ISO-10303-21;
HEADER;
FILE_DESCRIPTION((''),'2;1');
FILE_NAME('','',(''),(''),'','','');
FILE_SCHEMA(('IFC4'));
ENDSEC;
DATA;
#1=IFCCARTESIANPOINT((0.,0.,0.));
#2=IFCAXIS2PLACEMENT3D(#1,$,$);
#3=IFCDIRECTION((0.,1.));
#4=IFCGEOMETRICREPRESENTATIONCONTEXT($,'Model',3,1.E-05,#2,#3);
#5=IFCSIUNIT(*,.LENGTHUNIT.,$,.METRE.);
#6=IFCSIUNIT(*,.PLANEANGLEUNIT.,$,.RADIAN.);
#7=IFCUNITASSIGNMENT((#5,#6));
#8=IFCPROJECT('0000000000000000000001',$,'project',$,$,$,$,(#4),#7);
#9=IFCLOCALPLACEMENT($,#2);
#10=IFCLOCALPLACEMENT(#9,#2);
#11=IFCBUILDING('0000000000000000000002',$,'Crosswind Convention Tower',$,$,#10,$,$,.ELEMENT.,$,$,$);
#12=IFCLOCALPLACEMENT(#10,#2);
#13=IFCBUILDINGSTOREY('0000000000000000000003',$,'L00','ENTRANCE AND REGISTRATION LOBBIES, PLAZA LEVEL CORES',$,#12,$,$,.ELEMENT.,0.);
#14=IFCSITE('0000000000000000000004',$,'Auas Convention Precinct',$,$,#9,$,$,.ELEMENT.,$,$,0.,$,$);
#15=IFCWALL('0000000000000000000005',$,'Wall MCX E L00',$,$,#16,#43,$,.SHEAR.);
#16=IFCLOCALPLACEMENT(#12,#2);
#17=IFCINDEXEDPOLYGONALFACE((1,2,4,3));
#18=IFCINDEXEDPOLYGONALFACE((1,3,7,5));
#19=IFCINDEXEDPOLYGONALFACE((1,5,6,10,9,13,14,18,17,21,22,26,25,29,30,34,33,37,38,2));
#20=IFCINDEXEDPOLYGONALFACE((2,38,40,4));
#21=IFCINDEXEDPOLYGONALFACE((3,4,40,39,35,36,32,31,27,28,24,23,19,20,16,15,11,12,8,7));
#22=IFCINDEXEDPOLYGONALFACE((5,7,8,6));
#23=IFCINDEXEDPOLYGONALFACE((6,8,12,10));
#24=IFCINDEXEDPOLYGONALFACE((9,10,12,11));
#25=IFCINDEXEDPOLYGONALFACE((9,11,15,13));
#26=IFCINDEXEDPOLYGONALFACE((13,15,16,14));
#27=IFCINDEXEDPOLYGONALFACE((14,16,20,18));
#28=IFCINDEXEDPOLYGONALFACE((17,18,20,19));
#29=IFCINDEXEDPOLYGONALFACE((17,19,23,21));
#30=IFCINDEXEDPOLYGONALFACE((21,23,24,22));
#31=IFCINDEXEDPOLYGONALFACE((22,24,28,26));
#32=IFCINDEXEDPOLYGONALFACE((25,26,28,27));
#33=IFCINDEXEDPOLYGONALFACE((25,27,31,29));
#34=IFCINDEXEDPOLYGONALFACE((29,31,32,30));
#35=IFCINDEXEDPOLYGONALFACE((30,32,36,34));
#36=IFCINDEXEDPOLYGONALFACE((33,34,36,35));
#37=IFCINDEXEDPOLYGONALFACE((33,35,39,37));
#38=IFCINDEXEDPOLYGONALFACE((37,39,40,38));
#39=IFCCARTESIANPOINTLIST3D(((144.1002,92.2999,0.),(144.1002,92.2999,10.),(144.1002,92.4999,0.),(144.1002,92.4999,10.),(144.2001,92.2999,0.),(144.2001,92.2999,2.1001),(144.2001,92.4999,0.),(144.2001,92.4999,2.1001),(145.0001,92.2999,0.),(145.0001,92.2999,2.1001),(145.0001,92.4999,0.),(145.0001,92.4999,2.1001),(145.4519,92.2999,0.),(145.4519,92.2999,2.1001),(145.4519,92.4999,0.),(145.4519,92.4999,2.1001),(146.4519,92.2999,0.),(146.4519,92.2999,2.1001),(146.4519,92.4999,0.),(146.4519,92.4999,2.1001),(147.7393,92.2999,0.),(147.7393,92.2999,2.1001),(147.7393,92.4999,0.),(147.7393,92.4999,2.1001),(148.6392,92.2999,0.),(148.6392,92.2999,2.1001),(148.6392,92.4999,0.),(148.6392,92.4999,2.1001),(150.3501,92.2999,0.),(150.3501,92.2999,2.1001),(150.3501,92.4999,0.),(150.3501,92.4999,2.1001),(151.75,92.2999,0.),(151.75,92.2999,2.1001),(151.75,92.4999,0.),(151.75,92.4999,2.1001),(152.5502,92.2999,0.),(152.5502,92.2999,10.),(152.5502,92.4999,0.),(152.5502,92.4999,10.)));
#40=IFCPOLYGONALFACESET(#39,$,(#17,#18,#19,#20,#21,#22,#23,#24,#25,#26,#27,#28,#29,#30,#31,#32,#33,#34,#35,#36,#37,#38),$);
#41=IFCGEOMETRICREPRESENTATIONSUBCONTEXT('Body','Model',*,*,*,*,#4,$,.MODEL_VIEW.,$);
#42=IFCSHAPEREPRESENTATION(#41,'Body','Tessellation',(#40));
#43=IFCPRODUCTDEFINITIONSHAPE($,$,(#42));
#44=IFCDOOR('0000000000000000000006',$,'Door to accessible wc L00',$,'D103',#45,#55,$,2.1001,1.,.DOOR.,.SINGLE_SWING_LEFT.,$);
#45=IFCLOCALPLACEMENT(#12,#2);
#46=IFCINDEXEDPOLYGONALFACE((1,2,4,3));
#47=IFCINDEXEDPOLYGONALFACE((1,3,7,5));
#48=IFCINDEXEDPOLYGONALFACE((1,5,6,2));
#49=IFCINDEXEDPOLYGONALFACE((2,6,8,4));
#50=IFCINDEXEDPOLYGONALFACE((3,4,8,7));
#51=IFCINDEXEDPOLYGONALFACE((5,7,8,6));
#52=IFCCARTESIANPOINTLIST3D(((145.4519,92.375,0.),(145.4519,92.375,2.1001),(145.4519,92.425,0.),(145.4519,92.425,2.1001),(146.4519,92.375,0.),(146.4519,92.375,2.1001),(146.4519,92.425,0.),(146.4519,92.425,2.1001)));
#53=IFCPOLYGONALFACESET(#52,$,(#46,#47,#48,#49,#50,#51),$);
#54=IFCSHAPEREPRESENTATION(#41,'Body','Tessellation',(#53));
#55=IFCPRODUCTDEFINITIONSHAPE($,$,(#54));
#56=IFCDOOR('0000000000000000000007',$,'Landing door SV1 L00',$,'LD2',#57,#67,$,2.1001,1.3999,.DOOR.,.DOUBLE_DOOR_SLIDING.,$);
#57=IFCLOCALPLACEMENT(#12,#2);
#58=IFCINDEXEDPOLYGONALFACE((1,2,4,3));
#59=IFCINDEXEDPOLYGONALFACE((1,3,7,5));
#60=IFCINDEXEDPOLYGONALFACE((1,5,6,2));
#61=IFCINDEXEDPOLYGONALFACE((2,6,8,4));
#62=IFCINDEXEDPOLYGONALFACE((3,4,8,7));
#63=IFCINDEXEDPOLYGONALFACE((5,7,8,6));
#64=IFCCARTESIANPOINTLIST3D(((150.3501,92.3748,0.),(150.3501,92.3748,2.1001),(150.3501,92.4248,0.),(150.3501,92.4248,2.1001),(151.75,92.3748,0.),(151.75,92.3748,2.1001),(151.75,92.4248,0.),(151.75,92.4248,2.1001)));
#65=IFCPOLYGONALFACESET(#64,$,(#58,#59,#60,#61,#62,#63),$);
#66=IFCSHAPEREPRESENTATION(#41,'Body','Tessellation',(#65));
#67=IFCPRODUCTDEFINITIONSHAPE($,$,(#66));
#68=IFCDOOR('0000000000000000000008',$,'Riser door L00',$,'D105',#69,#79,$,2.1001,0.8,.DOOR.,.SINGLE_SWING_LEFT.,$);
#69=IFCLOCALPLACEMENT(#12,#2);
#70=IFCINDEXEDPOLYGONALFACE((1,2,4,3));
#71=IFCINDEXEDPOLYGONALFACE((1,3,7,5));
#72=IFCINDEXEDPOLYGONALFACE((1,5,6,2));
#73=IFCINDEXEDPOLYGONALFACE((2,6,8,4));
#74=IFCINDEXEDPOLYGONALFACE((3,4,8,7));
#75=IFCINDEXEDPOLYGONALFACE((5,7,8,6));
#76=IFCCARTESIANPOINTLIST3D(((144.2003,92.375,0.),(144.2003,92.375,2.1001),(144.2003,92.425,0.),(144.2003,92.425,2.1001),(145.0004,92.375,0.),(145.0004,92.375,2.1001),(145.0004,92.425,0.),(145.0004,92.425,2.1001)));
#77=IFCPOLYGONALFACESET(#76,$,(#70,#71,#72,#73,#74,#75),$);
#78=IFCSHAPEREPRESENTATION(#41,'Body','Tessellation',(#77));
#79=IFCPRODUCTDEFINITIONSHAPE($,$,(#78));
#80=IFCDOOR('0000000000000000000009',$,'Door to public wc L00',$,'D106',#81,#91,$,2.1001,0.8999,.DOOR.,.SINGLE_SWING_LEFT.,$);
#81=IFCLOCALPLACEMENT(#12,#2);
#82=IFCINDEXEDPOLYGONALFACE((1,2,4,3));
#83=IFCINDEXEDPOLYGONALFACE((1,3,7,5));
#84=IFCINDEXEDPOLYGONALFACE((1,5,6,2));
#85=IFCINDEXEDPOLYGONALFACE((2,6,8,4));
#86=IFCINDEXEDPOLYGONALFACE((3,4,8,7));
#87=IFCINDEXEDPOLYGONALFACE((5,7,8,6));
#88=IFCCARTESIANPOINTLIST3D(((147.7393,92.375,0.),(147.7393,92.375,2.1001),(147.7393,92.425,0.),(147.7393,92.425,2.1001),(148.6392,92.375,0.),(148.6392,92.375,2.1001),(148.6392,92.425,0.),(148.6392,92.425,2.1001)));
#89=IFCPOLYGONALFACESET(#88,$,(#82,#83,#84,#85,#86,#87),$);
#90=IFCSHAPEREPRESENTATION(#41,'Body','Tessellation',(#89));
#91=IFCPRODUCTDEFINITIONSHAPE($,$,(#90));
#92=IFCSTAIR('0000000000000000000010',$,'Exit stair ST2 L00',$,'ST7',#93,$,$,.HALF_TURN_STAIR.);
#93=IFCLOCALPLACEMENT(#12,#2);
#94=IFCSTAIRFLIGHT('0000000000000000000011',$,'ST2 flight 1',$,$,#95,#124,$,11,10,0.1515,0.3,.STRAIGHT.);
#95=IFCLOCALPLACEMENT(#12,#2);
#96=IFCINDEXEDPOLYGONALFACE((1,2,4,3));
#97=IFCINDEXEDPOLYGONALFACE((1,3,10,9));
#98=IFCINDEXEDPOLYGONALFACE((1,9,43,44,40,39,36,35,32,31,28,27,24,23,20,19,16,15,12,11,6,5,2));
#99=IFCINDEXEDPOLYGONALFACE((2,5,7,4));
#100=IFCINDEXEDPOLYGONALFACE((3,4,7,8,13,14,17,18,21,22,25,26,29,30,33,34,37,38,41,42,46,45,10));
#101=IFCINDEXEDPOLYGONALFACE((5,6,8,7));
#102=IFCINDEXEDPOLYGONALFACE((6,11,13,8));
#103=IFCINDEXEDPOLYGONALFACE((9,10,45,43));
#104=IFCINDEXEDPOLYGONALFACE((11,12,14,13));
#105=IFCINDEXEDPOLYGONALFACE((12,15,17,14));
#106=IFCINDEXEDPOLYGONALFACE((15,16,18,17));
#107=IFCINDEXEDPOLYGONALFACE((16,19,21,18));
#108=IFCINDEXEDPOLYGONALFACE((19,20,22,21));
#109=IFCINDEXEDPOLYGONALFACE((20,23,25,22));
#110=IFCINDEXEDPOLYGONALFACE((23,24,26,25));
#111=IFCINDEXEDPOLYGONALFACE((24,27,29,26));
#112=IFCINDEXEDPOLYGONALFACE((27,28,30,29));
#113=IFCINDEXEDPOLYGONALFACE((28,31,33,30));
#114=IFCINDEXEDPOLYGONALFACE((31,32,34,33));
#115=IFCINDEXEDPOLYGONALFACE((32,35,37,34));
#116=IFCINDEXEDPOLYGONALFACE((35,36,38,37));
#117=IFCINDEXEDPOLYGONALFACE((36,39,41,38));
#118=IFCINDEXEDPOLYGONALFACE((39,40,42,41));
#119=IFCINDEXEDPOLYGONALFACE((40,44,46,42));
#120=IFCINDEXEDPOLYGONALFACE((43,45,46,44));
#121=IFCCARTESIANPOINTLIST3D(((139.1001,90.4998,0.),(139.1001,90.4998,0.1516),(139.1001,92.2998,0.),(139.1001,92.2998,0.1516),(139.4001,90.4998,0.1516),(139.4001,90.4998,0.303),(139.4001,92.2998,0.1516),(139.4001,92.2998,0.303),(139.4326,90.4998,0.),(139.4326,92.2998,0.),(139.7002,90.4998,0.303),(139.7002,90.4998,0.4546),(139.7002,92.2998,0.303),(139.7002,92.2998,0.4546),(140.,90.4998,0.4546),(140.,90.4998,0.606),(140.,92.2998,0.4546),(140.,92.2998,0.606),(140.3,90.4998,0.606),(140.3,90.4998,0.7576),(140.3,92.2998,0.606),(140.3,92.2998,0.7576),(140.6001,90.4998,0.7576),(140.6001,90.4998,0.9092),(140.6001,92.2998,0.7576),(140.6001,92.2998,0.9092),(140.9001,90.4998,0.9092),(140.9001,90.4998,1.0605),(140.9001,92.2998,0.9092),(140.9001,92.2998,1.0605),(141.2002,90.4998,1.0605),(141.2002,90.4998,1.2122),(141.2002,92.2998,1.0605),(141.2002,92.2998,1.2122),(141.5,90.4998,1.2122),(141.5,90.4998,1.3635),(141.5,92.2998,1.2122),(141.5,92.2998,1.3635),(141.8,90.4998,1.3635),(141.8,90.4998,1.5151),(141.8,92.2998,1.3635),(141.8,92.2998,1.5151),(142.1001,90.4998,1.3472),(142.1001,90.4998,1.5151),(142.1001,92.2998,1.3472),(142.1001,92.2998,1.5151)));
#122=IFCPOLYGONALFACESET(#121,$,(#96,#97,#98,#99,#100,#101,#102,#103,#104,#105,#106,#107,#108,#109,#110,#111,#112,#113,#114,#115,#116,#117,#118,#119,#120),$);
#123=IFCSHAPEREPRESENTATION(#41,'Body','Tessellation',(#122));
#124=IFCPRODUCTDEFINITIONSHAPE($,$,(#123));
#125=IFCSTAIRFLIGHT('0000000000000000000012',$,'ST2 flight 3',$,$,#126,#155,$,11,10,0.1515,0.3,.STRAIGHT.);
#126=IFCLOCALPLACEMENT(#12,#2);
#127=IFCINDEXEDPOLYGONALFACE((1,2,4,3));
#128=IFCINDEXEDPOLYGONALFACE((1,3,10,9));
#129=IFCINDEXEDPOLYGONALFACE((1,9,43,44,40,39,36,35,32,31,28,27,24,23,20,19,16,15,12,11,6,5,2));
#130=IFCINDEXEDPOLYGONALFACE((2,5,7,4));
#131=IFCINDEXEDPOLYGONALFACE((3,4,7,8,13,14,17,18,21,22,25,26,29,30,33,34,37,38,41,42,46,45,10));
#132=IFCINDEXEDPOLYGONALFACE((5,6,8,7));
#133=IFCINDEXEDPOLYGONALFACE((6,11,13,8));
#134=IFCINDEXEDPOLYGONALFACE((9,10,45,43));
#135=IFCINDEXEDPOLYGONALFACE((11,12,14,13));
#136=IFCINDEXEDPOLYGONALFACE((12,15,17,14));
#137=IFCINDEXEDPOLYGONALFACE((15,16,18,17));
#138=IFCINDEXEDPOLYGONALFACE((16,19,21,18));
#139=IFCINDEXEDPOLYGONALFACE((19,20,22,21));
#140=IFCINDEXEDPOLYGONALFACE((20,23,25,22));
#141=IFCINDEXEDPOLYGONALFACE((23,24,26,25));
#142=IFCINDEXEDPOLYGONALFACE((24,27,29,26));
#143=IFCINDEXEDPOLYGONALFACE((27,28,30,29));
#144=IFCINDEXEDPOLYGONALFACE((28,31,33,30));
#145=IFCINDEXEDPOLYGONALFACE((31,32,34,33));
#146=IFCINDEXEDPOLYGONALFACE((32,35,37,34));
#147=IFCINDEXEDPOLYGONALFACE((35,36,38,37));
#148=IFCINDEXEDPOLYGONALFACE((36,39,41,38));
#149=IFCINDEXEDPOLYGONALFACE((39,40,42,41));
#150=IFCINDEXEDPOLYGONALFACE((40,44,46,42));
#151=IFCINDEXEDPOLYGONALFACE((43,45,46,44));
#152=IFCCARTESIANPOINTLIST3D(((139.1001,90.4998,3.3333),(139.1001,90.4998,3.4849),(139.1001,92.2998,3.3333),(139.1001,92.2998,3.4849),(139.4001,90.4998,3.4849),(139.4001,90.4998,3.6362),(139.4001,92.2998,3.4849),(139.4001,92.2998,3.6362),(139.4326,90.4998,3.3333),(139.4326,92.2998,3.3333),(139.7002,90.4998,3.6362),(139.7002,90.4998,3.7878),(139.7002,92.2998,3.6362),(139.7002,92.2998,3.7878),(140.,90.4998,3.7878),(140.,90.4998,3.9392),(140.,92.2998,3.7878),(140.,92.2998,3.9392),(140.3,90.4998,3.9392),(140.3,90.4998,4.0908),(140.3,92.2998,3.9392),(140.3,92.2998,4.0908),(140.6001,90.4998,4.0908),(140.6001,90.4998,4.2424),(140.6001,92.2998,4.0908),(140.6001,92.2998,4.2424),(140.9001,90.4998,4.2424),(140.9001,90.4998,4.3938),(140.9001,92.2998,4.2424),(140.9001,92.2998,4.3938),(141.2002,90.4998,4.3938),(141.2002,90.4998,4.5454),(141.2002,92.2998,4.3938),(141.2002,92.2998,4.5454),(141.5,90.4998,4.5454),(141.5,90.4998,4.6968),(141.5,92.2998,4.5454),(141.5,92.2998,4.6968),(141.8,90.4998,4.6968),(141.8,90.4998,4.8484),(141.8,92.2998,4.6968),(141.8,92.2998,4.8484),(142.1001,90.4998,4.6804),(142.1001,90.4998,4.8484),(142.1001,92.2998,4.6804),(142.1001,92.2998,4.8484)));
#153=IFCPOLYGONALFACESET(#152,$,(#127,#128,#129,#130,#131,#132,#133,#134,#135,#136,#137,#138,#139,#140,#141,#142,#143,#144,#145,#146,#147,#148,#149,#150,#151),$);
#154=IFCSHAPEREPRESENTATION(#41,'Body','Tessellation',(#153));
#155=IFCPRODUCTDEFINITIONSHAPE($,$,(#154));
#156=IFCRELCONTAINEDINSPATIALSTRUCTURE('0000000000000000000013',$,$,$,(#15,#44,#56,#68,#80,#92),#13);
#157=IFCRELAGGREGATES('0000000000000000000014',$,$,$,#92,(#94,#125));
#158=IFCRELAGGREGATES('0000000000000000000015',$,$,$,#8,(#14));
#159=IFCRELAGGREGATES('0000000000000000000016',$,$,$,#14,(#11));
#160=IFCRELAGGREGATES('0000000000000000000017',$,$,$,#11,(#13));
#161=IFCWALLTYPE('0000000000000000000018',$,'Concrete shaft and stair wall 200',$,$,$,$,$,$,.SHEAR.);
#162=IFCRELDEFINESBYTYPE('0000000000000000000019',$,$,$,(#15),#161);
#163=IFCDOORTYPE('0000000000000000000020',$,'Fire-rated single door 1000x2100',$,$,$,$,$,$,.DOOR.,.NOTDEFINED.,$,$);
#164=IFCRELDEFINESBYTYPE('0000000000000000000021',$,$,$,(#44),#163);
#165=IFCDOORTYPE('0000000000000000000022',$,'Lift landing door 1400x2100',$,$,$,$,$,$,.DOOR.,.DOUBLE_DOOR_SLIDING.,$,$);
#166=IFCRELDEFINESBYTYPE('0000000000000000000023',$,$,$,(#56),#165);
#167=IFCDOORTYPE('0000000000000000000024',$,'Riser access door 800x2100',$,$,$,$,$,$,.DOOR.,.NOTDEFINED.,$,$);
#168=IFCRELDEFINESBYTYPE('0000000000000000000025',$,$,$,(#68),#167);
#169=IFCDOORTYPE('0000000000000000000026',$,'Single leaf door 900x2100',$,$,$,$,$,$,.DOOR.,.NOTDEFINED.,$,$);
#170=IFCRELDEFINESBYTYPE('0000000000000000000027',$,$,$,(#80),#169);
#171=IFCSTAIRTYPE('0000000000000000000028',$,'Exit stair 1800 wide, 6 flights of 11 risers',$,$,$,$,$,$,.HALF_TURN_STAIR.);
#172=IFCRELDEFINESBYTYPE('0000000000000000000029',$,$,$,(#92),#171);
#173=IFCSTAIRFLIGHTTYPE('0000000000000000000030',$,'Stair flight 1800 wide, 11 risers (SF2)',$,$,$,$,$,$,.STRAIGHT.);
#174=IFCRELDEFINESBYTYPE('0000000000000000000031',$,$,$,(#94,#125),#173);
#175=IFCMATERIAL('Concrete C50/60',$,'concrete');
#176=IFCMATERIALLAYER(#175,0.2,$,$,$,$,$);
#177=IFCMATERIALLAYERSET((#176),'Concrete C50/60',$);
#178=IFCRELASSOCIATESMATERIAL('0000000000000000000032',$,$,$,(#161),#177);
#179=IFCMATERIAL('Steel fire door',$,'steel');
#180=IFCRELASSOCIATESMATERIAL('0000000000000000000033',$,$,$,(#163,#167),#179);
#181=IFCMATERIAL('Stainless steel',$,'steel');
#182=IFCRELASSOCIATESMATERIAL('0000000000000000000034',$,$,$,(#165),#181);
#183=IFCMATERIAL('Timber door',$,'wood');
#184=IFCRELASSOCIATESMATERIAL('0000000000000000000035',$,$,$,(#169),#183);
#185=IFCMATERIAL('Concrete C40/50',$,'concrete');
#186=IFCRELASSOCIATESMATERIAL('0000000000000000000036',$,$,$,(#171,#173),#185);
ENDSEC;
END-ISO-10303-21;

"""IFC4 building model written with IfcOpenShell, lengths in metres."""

from ifc_helpers import new_model, si_unit, direction, frame, frame_2d, origin, place, context, subcontext, project, spatial, polyline, rectangle, outline, extrude, material, layer, layer_set, type_object, element, fill, aggregate, save


model = new_model("IFC4")

# Units and contexts
model_context = context("Model", 3, precision=1e-05, world=origin(), true_north=direction((0.0, 1.0)))
body_context = subcontext(model_context, "Body", "Model", "MODEL_VIEW")
ifc_project = project(units=[si_unit("LENGTHUNIT", "METRE"), si_unit("PLANEANGLEUNIT", "RADIAN")], contexts=[model_context])

# Site, building, storey
site_placement = place(None, origin())
site = spatial("IfcSite", under=ifc_project, at=site_placement, Name="Auas Convention Precinct", CompositionType="ELEMENT", RefElevation=0.0)
building_placement = place(site_placement, origin())
building = spatial("IfcBuilding", under=site, at=building_placement, Name="Crosswind Convention Tower", CompositionType="ELEMENT")
storey_placement = place(building_placement, origin())
storey = spatial("IfcBuildingStorey", under=building, at=storey_placement, Name="L00", Description="ENTRANCE AND REGISTRATION LOBBIES, PLAZA LEVEL CORES", CompositionType="ELEMENT", Elevation=0.0)

# Shared definitions
ifc_material_1 = material(Name="Concrete C40/50", Category="concrete")

# Shared definitions
ifc_material_2 = material(Name="Concrete C50/60", Category="concrete")
ifc_layer_1 = layer(ifc_material_2, 0.2)
ifc_layer_set_1 = layer_set([ifc_layer_1], Name="Concrete C50/60")
wall_type = type_object("IfcWallType", Name="Concrete shaft and stair wall 200", PredefinedType="SHEAR", material=ifc_layer_set_1)

# Wall, openings, doors
ifc_material_3 = material(Name="Stainless steel", Category="steel")
wall_1_placement = place(storey_placement, frame((144.1001, 92.3999, 0.0), z_axis=(0.0, 0.0, 1.0), x_axis=(1.0, 0.0, 0.0)))
wall_1 = element("IfcWall", 1, at=wall_1_placement, inside=storey, type_object=wall_type, Name="Wall MCX E L00", PredefinedType="SHEAR", context=body_context, shape_type="SweptSolid", body=[
    extrude(rectangle(XDim=8.45, YDim=0.2, at=frame_2d((4.2251, 0.0))), origin(), (0.0, 0.0, 1.0), 10.0),
])
opening_1_placement = place(wall_1_placement, frame((0.1001, 0.0, 0.0)))
opening_1 = element("IfcOpeningElement", 2, at=opening_1_placement, cuts=wall_1, PredefinedType="OPENING", context=body_context, shape_type="SweptSolid", body=[
    extrude(rectangle(XDim=0.8, YDim=2.1001, at=frame_2d((0.3999, 1.05))), frame((0.0, 0.1099, 0.0), z_axis=(0.0, -1.0, 0.0), x_axis=(1.0, 0.0, 0.0)), (0.0, 0.0, 1.0), 0.22),
])
opening_2_placement = place(wall_1_placement, frame((1.3518, 0.0, 0.0)))
opening_2 = element("IfcOpeningElement", 3, at=opening_2_placement, cuts=wall_1, PredefinedType="OPENING", context=body_context, shape_type="SweptSolid", body=[
    extrude(rectangle(XDim=1.0, YDim=2.1001, at=frame_2d((0.5, 1.05))), frame((0.0, 0.1099, 0.0), z_axis=(0.0, -1.0, 0.0), x_axis=(1.0, 0.0, 0.0)), (0.0, 0.0, 1.0), 0.22),
])
opening_3_placement = place(wall_1_placement, frame((3.6392, 0.0, 0.0)))
opening_3 = element("IfcOpeningElement", 4, at=opening_3_placement, cuts=wall_1, PredefinedType="OPENING", context=body_context, shape_type="SweptSolid", body=[
    extrude(rectangle(XDim=0.8999, YDim=2.1001, at=frame_2d((0.45, 1.05))), frame((0.0, 0.1099, 0.0), z_axis=(0.0, -1.0, 0.0), x_axis=(1.0, 0.0, 0.0)), (0.0, 0.0, 1.0), 0.22),
])
opening_4_placement = place(wall_1_placement, frame((6.25, 0.0, 0.0)))
opening_4 = element("IfcOpeningElement", 5, at=opening_4_placement, cuts=wall_1, PredefinedType="OPENING", context=body_context, shape_type="SweptSolid", body=[
    extrude(rectangle(XDim=1.3999, YDim=2.1001, at=frame_2d((0.7, 1.05))), frame((0.0, 0.1099, 0.0), z_axis=(0.0, -1.0, 0.0), x_axis=(1.0, 0.0, 0.0)), (0.0, 0.0, 1.0), 0.22),
])
ifc_material_4 = material(Name="Steel fire door", Category="steel")
door_type_1 = type_object("IfcDoorType", Name="Fire-rated single door 1000x2100", OperationType="NOTDEFINED", PredefinedType="DOOR", material=ifc_material_4)
door_1_placement = place(opening_2_placement, frame((1.0, 0.0, 0.0), z_axis=(0.0, 0.0, 1.0), x_axis=(-1.0, 0.0, 0.0)))
door_1 = element("IfcDoor", 6, at=door_1_placement, inside=storey, type_object=door_type_1, Name="Door to accessible wc L00", ObjectType="D103", OperationType="SINGLE_SWING_LEFT", OverallHeight=2.1001, OverallWidth=1.0, PredefinedType="DOOR", context=body_context, shape_type="SweptSolid", body=[
    extrude(rectangle(XDim=1.0, YDim=2.1001, at=frame_2d((0.5, 1.05))), frame((0.0, 0.0249, 0.0), z_axis=(0.0, -1.0, 0.0), x_axis=(1.0, 0.0, 0.0)), (0.0, 0.0, 1.0), 0.05),
])
fill(opening_2, door_1)
door_type_2 = type_object("IfcDoorType", Name="Lift landing door 1400x2100", OperationType="DOUBLE_DOOR_SLIDING", PredefinedType="DOOR", material=ifc_material_3)
door_2_placement = place(opening_4_placement, origin())
door_2 = element("IfcDoor", 7, at=door_2_placement, inside=storey, type_object=door_type_2, Name="Landing door SV1 L00", ObjectType="LD2", OperationType="DOUBLE_DOOR_SLIDING", OverallHeight=2.1001, OverallWidth=1.3999, PredefinedType="DOOR", context=body_context, shape_type="SweptSolid", body=[
    extrude(rectangle(XDim=1.3999, YDim=2.1001, at=frame_2d((0.7, 1.05))), frame((0.0, 0.0249, 0.0), z_axis=(0.0, -1.0, 0.0), x_axis=(1.0, 0.0, 0.0)), (0.0, 0.0, 1.0), 0.05),
])
fill(opening_4, door_2)
door_type_3 = type_object("IfcDoorType", Name="Riser access door 800x2100", OperationType="NOTDEFINED", PredefinedType="DOOR", material=ifc_material_4)
door_3_placement = place(opening_1_placement, frame((0.8, 0.0, 0.0), z_axis=(0.0, 0.0, 1.0), x_axis=(-1.0, 0.0, 0.0)))
door_3 = element("IfcDoor", 8, at=door_3_placement, inside=storey, type_object=door_type_3, Name="Riser door L00", ObjectType="D105", OperationType="SINGLE_SWING_LEFT", OverallHeight=2.1001, OverallWidth=0.8, PredefinedType="DOOR", context=body_context, shape_type="SweptSolid", body=[
    extrude(rectangle(XDim=0.8, YDim=2.1001, at=frame_2d((0.3999, 1.05))), frame((0.0, 0.0249, 0.0), z_axis=(0.0, -1.0, 0.0), x_axis=(1.0, 0.0, 0.0)), (0.0, 0.0, 1.0), 0.05),
])
fill(opening_1, door_3)
ifc_material_5 = material(Name="Timber door", Category="wood")
door_type_4 = type_object("IfcDoorType", Name="Single leaf door 900x2100", OperationType="NOTDEFINED", PredefinedType="DOOR", material=ifc_material_5)
door_4_placement = place(opening_3_placement, frame((0.8999, 0.0, 0.0), z_axis=(0.0, 0.0, 1.0), x_axis=(-1.0, 0.0, 0.0)))
door_4 = element("IfcDoor", 9, at=door_4_placement, inside=storey, type_object=door_type_4, Name="Door to public wc L00", ObjectType="D106", OperationType="SINGLE_SWING_LEFT", OverallHeight=2.1001, OverallWidth=0.8999, PredefinedType="DOOR", context=body_context, shape_type="SweptSolid", body=[
    extrude(rectangle(XDim=0.8999, YDim=2.1001, at=frame_2d((0.45, 1.05))), frame((0.0, 0.0249, 0.0), z_axis=(0.0, -1.0, 0.0), x_axis=(1.0, 0.0, 0.0)), (0.0, 0.0, 1.0), 0.05),
])
fill(opening_3, door_4)

# Stair, stair flights
stair_type = type_object("IfcStairType", Name="Exit stair 1800 wide, 6 flights of 11 risers", PredefinedType="HALF_TURN_STAIR", material=ifc_material_1)
stair_placement = place(storey_placement, origin())
stair = element("IfcStair", 10, at=stair_placement, inside=storey, type_object=stair_type, Name="Exit stair ST2 L00", ObjectType="ST7", PredefinedType="HALF_TURN_STAIR")
stair_flight_type = type_object("IfcStairFlightType", Name="Stair flight 1800 wide, 11 risers (SF2)", PredefinedType="STRAIGHT", material=ifc_material_1)
stair_flight_1_placement = place(storey_placement, frame((139.1001, 91.3999, 0.0), z_axis=(0.0, 0.0, 1.0), x_axis=(1.0, 0.0, 0.0)))
stair_flight_1 = element("IfcStairFlight", 11, at=stair_flight_1_placement, type_object=stair_flight_type, Name="ST2 flight 1", NumberOfRisers=11, NumberOfTreads=10, PredefinedType="STRAIGHT", RiserHeight=0.1515, TreadLength=0.3, context=body_context, shape_type="SweptSolid", body=[
    extrude(outline(polyline([(0.0, 0.0), (0.0, 0.1516), (0.3, 0.1516), (0.3, 0.303), (0.6001, 0.303), (0.6001, 0.4546), (0.8999, 0.4546), (0.8999, 0.606), (1.2, 0.606), (1.2, 0.7576), (1.5, 0.7576), (1.5, 0.9092), (1.8, 0.9092), (1.8, 1.0605), (2.1001, 1.0605), (2.1001, 1.2122), (2.3999, 1.2122), (2.3999, 1.3635), (2.7, 1.3635), (2.7, 1.5151), (3.0, 1.5151), (3.0, 1.6667), (3.0, 1.3472), (0.3325, 0.0), (0.0, 0.0)])), frame((0.0, 0.8999, 0.0), z_axis=(0.0, -1.0, 0.0), x_axis=(1.0, 0.0, 0.0)), (0.0, 0.0, 1.0), 1.8),
])
stair_flight_2_placement = place(storey_placement, frame((139.1001, 91.3999, 3.3333), z_axis=(0.0, 0.0, 1.0), x_axis=(1.0, 0.0, 0.0)))
stair_flight_2 = element("IfcStairFlight", 12, at=stair_flight_2_placement, type_object=stair_flight_type, Name="ST2 flight 3", NumberOfRisers=11, NumberOfTreads=10, PredefinedType="STRAIGHT", RiserHeight=0.1515, TreadLength=0.3, context=body_context, shape_type="SweptSolid", body=[
    extrude(outline(polyline([(0.0, 0.0), (0.0, 0.1516), (0.3, 0.1516), (0.3, 0.303), (0.6001, 0.303), (0.6001, 0.4546), (0.8999, 0.4546), (0.8999, 0.606), (1.2, 0.606), (1.2, 0.7576), (1.5, 0.7576), (1.5, 0.9092), (1.8, 0.9092), (1.8, 1.0605), (2.1001, 1.0605), (2.1001, 1.2122), (2.3999, 1.2122), (2.3999, 1.3635), (2.7, 1.3635), (2.7, 1.5151), (3.0, 1.5151), (3.0, 1.6667), (3.0, 1.3472), (0.3325, 0.0), (0.0, 0.0)])), frame((0.0, 0.8999, 0.0), z_axis=(0.0, -1.0, 0.0), x_axis=(1.0, 0.0, 0.0)), (0.0, 0.0, 1.0), 1.8),
])
aggregate(stair, [stair_flight_1, stair_flight_2])

save(model, "model.ifc")
